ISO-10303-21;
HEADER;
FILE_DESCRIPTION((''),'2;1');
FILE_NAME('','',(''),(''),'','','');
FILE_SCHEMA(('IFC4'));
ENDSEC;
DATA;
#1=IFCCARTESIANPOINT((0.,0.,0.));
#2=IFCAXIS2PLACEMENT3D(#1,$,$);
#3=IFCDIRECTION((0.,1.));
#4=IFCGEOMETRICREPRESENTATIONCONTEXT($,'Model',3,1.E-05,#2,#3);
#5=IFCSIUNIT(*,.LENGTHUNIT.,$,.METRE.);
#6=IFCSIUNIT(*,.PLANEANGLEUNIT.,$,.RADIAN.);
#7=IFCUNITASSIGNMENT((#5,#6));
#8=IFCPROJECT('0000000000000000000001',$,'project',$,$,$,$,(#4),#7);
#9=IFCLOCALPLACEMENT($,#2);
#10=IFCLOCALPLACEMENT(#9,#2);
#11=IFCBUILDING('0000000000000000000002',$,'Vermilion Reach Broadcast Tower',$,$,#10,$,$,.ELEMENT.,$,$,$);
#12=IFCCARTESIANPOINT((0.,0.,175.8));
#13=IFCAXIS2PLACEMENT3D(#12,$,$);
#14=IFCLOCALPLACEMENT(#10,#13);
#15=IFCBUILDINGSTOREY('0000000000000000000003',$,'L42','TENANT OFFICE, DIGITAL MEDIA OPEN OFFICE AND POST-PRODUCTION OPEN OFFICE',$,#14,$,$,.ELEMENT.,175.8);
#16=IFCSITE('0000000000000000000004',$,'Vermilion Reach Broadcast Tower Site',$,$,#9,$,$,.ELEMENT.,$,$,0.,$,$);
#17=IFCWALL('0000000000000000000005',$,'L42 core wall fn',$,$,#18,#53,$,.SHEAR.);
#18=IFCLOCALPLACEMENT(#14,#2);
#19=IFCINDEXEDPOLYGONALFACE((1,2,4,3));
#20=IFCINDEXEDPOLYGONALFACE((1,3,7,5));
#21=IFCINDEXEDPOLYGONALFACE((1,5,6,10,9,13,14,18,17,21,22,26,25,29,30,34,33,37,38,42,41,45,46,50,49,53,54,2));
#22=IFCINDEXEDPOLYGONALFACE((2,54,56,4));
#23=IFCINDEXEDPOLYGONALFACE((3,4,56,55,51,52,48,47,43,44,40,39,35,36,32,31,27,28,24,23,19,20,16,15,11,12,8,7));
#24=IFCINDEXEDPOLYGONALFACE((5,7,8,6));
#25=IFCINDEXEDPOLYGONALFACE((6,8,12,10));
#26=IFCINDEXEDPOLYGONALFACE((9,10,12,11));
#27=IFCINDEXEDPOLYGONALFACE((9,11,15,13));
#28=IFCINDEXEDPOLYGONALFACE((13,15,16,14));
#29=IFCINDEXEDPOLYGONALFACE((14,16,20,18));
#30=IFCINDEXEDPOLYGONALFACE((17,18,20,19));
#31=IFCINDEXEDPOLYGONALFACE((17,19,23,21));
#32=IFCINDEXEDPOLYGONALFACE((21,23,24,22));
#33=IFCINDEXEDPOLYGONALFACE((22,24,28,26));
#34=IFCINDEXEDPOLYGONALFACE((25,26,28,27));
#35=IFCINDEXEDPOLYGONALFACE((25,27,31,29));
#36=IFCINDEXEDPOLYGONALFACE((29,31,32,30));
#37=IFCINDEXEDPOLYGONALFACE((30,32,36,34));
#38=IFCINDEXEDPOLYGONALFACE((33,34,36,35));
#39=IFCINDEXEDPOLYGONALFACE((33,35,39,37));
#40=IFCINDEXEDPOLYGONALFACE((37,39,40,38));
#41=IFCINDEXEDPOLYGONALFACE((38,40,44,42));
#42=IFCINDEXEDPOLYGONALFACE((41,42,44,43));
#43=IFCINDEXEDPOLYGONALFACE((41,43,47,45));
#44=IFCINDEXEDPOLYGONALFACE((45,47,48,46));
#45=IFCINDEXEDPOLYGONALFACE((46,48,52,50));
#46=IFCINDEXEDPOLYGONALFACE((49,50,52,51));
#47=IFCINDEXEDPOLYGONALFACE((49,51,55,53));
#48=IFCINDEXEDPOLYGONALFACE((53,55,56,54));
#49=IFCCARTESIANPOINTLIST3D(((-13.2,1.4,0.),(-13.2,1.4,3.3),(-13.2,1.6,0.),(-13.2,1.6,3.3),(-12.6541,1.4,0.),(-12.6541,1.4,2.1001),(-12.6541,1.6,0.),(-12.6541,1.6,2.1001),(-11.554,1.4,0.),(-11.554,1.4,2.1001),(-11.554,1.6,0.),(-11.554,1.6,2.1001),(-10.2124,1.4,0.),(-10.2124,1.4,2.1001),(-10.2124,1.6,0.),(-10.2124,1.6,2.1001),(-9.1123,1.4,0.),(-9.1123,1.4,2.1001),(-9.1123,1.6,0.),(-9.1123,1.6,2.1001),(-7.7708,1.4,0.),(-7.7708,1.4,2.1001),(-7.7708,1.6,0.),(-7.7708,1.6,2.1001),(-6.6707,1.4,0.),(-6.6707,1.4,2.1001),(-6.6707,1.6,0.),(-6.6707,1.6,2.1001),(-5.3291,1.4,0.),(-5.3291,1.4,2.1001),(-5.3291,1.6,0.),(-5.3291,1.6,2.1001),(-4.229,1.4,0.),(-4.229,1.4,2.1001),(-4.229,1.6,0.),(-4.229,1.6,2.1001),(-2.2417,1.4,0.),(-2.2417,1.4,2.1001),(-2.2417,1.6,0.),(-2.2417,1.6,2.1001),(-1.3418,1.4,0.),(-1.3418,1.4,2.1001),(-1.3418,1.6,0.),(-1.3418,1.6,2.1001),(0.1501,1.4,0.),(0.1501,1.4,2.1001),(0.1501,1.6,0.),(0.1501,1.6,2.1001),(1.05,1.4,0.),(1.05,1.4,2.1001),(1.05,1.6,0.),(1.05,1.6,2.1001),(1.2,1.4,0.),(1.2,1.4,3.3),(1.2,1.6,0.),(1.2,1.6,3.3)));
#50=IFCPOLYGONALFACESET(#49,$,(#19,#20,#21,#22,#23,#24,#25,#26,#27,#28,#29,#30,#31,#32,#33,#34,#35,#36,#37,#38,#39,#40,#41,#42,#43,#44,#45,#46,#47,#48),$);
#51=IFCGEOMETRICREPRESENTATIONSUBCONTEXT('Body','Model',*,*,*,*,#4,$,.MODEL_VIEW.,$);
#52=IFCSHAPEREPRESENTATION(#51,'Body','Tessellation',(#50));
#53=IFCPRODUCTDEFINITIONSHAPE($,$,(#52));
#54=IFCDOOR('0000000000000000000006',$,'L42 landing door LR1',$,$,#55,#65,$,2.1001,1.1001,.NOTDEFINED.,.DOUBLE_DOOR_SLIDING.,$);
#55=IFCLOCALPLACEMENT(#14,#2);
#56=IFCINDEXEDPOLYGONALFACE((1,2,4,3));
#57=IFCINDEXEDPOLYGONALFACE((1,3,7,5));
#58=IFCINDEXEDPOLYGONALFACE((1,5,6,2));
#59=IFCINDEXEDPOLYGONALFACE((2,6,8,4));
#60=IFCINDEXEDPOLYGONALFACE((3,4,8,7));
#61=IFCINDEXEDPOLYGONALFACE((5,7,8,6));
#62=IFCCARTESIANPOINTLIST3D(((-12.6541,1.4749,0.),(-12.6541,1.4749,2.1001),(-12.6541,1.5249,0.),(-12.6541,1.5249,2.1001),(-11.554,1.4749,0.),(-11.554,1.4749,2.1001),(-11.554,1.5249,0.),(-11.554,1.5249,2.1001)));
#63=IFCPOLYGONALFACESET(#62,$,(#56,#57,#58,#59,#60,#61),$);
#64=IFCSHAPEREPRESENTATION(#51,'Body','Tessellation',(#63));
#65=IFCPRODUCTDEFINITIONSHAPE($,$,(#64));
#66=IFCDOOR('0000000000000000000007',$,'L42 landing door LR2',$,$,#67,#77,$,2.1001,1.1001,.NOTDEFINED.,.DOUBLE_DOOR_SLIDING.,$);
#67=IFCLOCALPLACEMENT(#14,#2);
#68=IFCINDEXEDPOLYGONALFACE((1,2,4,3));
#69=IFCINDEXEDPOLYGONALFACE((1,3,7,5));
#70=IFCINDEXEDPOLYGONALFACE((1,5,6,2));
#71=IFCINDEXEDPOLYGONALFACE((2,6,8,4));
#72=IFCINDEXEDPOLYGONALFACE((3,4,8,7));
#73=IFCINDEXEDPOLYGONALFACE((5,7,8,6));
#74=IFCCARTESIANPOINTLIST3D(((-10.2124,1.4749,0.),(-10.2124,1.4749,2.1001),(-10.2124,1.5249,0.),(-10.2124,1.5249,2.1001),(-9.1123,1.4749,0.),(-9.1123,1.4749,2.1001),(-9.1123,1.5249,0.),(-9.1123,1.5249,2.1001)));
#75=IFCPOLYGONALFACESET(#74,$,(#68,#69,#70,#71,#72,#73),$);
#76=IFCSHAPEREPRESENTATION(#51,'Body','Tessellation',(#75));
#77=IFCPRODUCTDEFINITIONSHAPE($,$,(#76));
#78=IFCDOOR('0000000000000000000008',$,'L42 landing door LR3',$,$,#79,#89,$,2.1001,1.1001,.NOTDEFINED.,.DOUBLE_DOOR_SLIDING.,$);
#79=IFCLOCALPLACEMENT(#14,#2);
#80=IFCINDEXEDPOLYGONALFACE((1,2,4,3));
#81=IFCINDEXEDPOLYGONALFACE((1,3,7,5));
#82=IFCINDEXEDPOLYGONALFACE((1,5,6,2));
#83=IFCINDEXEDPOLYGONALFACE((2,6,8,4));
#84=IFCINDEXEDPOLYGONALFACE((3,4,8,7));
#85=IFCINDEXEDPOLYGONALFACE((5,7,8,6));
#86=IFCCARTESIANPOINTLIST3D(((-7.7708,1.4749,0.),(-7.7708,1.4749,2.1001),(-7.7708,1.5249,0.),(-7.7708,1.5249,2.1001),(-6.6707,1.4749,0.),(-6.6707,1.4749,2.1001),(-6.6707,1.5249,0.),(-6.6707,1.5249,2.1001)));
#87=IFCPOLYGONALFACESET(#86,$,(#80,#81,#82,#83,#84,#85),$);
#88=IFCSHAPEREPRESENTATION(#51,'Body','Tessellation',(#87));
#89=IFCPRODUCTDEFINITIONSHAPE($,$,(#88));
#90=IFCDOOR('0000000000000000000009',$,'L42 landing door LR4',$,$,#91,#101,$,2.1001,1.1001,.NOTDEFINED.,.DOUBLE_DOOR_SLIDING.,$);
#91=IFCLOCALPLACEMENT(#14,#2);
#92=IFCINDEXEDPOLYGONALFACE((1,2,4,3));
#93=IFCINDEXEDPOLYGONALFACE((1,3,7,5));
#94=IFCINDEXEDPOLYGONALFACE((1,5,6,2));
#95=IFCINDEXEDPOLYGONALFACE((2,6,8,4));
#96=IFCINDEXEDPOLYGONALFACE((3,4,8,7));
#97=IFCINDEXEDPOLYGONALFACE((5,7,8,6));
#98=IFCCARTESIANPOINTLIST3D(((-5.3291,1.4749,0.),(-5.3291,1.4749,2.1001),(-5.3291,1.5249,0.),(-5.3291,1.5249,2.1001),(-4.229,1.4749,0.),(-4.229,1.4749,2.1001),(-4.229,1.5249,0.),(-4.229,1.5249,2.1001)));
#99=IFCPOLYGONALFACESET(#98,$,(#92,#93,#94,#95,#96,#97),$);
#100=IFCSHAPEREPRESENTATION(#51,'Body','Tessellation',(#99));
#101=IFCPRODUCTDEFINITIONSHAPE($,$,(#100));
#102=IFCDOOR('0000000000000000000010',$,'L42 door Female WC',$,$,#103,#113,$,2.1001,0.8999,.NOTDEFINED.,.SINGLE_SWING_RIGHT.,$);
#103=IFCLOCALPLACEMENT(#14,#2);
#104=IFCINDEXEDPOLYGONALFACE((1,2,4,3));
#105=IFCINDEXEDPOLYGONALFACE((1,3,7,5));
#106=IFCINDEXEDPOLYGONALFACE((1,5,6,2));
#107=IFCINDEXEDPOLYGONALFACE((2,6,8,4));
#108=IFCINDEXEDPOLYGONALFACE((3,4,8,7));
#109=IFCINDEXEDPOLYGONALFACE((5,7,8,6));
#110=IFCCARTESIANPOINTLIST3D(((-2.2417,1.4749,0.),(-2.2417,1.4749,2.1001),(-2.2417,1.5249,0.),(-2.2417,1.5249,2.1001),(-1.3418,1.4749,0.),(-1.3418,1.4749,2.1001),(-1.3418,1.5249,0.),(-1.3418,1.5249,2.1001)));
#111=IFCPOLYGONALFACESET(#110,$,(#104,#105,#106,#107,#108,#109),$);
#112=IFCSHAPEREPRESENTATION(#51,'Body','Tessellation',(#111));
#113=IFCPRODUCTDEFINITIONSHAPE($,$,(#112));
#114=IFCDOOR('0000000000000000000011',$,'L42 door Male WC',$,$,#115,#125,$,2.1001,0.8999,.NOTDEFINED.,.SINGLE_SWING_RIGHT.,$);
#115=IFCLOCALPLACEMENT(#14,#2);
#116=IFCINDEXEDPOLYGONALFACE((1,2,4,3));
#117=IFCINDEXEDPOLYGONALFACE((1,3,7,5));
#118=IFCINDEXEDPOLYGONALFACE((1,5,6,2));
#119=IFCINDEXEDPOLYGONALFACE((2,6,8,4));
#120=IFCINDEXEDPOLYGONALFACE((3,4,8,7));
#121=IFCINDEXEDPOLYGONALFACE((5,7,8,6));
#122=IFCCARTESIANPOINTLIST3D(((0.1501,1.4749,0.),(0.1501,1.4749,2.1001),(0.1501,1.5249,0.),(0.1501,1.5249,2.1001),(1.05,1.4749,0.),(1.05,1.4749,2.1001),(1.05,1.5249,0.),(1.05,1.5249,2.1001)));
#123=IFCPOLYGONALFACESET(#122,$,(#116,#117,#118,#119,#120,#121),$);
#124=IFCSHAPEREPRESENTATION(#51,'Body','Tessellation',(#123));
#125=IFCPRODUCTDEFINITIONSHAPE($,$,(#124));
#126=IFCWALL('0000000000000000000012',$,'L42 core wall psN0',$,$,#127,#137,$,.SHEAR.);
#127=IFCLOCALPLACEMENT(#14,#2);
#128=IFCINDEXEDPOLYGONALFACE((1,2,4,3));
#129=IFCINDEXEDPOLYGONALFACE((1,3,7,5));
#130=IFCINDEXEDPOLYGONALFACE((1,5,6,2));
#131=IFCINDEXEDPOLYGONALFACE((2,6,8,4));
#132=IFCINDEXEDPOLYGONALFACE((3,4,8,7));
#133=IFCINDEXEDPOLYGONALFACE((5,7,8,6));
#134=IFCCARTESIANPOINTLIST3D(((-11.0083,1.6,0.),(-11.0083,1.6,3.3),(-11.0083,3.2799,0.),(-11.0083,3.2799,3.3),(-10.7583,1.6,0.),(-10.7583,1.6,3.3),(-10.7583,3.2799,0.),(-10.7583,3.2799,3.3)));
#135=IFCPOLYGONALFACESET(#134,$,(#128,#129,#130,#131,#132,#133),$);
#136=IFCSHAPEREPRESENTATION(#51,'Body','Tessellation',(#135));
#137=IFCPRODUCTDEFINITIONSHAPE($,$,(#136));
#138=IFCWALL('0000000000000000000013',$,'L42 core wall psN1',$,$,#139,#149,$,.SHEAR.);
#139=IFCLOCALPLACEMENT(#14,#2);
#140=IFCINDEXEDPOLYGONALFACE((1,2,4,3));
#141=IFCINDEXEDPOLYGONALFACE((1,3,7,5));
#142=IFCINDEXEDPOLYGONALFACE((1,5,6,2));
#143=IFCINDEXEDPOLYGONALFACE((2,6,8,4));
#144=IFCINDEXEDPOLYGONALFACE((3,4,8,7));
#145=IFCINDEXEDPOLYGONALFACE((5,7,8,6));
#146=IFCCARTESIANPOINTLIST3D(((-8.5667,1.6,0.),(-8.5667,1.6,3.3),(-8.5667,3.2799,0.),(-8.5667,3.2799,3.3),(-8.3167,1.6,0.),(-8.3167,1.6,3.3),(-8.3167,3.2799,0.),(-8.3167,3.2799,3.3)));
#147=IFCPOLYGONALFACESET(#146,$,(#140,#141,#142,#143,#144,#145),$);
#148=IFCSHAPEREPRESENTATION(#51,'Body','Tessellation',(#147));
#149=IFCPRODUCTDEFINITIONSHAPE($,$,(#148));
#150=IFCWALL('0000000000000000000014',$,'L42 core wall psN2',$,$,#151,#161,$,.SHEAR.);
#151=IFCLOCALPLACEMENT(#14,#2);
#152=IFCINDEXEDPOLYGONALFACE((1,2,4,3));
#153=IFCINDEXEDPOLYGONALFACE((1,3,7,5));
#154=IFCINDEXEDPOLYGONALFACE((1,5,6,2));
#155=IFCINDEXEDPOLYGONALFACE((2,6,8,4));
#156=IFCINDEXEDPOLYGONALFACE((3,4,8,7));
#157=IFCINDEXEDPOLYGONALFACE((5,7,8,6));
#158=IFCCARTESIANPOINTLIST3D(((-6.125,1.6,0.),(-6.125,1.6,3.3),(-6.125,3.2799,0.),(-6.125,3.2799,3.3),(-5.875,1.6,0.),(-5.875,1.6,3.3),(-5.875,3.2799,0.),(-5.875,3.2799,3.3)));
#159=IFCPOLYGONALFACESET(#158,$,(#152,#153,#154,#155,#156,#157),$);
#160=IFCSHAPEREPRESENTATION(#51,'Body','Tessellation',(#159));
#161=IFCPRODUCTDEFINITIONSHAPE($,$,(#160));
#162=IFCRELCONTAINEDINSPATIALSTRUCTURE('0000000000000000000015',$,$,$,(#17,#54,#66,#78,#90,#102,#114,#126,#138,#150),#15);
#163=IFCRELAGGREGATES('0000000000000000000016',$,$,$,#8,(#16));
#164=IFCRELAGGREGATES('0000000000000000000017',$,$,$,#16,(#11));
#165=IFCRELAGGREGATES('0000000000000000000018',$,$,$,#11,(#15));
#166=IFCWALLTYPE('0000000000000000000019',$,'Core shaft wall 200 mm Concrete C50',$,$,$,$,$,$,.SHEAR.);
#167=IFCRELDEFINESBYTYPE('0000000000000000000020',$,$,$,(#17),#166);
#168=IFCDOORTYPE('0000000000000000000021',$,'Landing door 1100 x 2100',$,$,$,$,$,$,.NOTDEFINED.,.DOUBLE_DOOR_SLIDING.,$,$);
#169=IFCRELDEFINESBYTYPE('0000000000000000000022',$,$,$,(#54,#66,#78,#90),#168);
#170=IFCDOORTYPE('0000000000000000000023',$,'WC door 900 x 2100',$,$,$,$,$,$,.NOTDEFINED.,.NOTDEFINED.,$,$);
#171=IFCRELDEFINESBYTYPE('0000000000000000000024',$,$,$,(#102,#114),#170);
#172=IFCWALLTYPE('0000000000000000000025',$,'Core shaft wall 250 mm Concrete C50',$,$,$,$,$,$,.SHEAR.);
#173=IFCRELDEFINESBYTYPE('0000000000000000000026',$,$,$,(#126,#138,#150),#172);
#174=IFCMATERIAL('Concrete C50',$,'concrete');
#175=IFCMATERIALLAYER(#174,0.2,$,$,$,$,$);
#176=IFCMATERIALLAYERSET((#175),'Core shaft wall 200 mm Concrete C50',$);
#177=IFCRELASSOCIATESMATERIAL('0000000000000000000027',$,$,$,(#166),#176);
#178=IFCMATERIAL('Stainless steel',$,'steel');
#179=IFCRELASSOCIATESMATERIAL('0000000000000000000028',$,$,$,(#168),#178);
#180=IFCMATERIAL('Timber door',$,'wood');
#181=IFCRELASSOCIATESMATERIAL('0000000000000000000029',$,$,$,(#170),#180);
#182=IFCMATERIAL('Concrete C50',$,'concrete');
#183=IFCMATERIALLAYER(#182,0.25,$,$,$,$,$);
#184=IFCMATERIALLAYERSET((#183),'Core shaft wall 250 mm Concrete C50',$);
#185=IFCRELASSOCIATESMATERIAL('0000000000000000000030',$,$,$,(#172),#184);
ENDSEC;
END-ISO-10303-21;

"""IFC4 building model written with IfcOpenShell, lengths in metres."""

from ifc_helpers import new_model, si_unit, direction, frame, frame_2d, origin, place, context, subcontext, project, spatial, rectangle, extrude, material, layer, layer_set, type_object, element, fill, save


model = new_model("IFC4")

# Units and contexts
model_context = context("Model", 3, precision=1e-05, world=origin(), true_north=direction((0.0, 1.0)))
body_context = subcontext(model_context, "Body", "Model", "MODEL_VIEW")
ifc_project = project(units=[si_unit("LENGTHUNIT", "METRE"), si_unit("PLANEANGLEUNIT", "RADIAN")], contexts=[model_context])

# Site, building, storey
site_placement = place(None, origin())
site = spatial("IfcSite", under=ifc_project, at=site_placement, Name="Vermilion Reach Broadcast Tower Site", CompositionType="ELEMENT", RefElevation=0.0)
building_placement = place(site_placement, origin())
building = spatial("IfcBuilding", under=site, at=building_placement, Name="Vermilion Reach Broadcast Tower", CompositionType="ELEMENT")
storey_placement = place(building_placement, frame((0.0, 0.0, 175.8)))
storey = spatial("IfcBuildingStorey", under=building, at=storey_placement, Name="L42", Description="TENANT OFFICE, DIGITAL MEDIA OPEN OFFICE AND POST-PRODUCTION OPEN OFFICE", CompositionType="ELEMENT", Elevation=175.8)

# Wall, openings, doors
ifc_material_1 = material(Name="Concrete C50", Category="concrete")
ifc_layer_1 = layer(ifc_material_1, 0.2)
ifc_layer_set_1 = layer_set([ifc_layer_1], Name="Core shaft wall 200 mm Concrete C50")
wall_type_1 = type_object("IfcWallType", Name="Core shaft wall 200 mm Concrete C50", PredefinedType="SHEAR", material=ifc_layer_set_1)
wall_1_placement = place(storey_placement, frame((-13.2, 1.5, 0.0), z_axis=(0.0, 0.0, 1.0), x_axis=(1.0, 0.0, 0.0)))
wall_1 = element("IfcWall", 1, at=wall_1_placement, inside=storey, type_object=wall_type_1, Name="L42 core wall fn", PredefinedType="SHEAR", context=body_context, shape_type="SweptSolid", body=[
    extrude(rectangle(XDim=14.3999, YDim=0.2, at=frame_2d((7.2, 0.0))), origin(), (0.0, 0.0, 1.0), 3.3),
])
opening_1_placement = place(wall_1_placement, frame((0.5459, 0.0, 0.0)))
opening_1 = element("IfcOpeningElement", 2, at=opening_1_placement, cuts=wall_1, PredefinedType="OPENING", context=body_context, shape_type="SweptSolid", body=[
    extrude(rectangle(XDim=1.1001, YDim=2.1001, at=frame_2d((0.55, 1.05))), frame((0.0, 0.1099, 0.0), z_axis=(0.0, -1.0, 0.0), x_axis=(1.0, 0.0, 0.0)), (0.0, 0.0, 1.0), 0.22),
])
opening_2_placement = place(wall_1_placement, frame((2.9875, 0.0, 0.0)))
opening_2 = element("IfcOpeningElement", 3, at=opening_2_placement, cuts=wall_1, PredefinedType="OPENING", context=body_context, shape_type="SweptSolid", body=[
    extrude(rectangle(XDim=1.1001, YDim=2.1001, at=frame_2d((0.55, 1.05))), frame((0.0, 0.1099, 0.0), z_axis=(0.0, -1.0, 0.0), x_axis=(1.0, 0.0, 0.0)), (0.0, 0.0, 1.0), 0.22),
])
opening_3_placement = place(wall_1_placement, frame((5.4292, 0.0, 0.0)))
opening_3 = element("IfcOpeningElement", 4, at=opening_3_placement, cuts=wall_1, PredefinedType="OPENING", context=body_context, shape_type="SweptSolid", body=[
    extrude(rectangle(XDim=1.1001, YDim=2.1001, at=frame_2d((0.55, 1.05))), frame((0.0, 0.1099, 0.0), z_axis=(0.0, -1.0, 0.0), x_axis=(1.0, 0.0, 0.0)), (0.0, 0.0, 1.0), 0.22),
])
opening_4_placement = place(wall_1_placement, frame((7.8708, 0.0, 0.0)))
opening_4 = element("IfcOpeningElement", 5, at=opening_4_placement, cuts=wall_1, PredefinedType="OPENING", context=body_context, shape_type="SweptSolid", body=[
    extrude(rectangle(XDim=1.1001, YDim=2.1001, at=frame_2d((0.55, 1.05))), frame((0.0, 0.1099, 0.0), z_axis=(0.0, -1.0, 0.0), x_axis=(1.0, 0.0, 0.0)), (0.0, 0.0, 1.0), 0.22),
])
opening_5_placement = place(wall_1_placement, frame((10.9583, 0.0, 0.0)))
opening_5 = element("IfcOpeningElement", 6, at=opening_5_placement, cuts=wall_1, PredefinedType="OPENING", context=body_context, shape_type="SweptSolid", body=[
    extrude(rectangle(XDim=0.8999, YDim=2.1001, at=frame_2d((0.45, 1.05))), frame((0.0, 0.1099, 0.0), z_axis=(0.0, -1.0, 0.0), x_axis=(1.0, 0.0, 0.0)), (0.0, 0.0, 1.0), 0.22),
])
opening_6_placement = place(wall_1_placement, frame((13.3501, 0.0, 0.0)))
opening_6 = element("IfcOpeningElement", 7, at=opening_6_placement, cuts=wall_1, PredefinedType="OPENING", context=body_context, shape_type="SweptSolid", body=[
    extrude(rectangle(XDim=0.8999, YDim=2.1001, at=frame_2d((0.45, 1.05))), frame((0.0, 0.1099, 0.0), z_axis=(0.0, -1.0, 0.0), x_axis=(1.0, 0.0, 0.0)), (0.0, 0.0, 1.0), 0.22),
])
ifc_material_2 = material(Name="Stainless steel", Category="steel")
door_type_1 = type_object("IfcDoorType", Name="Landing door 1100 x 2100", OperationType="DOUBLE_DOOR_SLIDING", PredefinedType="NOTDEFINED", material=ifc_material_2)
door_1_placement = place(opening_1_placement, origin())
door_1 = element("IfcDoor", 8, at=door_1_placement, inside=storey, type_object=door_type_1, Name="L42 landing door LR1", OperationType="DOUBLE_DOOR_SLIDING", OverallHeight=2.1001, OverallWidth=1.1001, PredefinedType="NOTDEFINED", context=body_context, shape_type="SweptSolid", body=[
    extrude(rectangle(XDim=1.1001, YDim=2.1001, at=frame_2d((0.55, 1.05))), frame((0.0, 0.0249, 0.0), z_axis=(0.0, -1.0, 0.0), x_axis=(1.0, 0.0, 0.0)), (0.0, 0.0, 1.0), 0.05),
])
fill(opening_1, door_1)
door_2_placement = place(opening_2_placement, origin())
door_2 = element("IfcDoor", 9, at=door_2_placement, inside=storey, type_object=door_type_1, Name="L42 landing door LR2", OperationType="DOUBLE_DOOR_SLIDING", OverallHeight=2.1001, OverallWidth=1.1001, PredefinedType="NOTDEFINED", context=body_context, shape_type="SweptSolid", body=[
    extrude(rectangle(XDim=1.1001, YDim=2.1001, at=frame_2d((0.55, 1.05))), frame((0.0, 0.0249, 0.0), z_axis=(0.0, -1.0, 0.0), x_axis=(1.0, 0.0, 0.0)), (0.0, 0.0, 1.0), 0.05),
])
fill(opening_2, door_2)
door_3_placement = place(opening_3_placement, origin())
door_3 = element("IfcDoor", 10, at=door_3_placement, inside=storey, type_object=door_type_1, Name="L42 landing door LR3", OperationType="DOUBLE_DOOR_SLIDING", OverallHeight=2.1001, OverallWidth=1.1001, PredefinedType="NOTDEFINED", context=body_context, shape_type="SweptSolid", body=[
    extrude(rectangle(XDim=1.1001, YDim=2.1001, at=frame_2d((0.55, 1.05))), frame((0.0, 0.0249, 0.0), z_axis=(0.0, -1.0, 0.0), x_axis=(1.0, 0.0, 0.0)), (0.0, 0.0, 1.0), 0.05),
])
fill(opening_3, door_3)
door_4_placement = place(opening_4_placement, origin())
door_4 = element("IfcDoor", 11, at=door_4_placement, inside=storey, type_object=door_type_1, Name="L42 landing door LR4", OperationType="DOUBLE_DOOR_SLIDING", OverallHeight=2.1001, OverallWidth=1.1001, PredefinedType="NOTDEFINED", context=body_context, shape_type="SweptSolid", body=[
    extrude(rectangle(XDim=1.1001, YDim=2.1001, at=frame_2d((0.55, 1.05))), frame((0.0, 0.0249, 0.0), z_axis=(0.0, -1.0, 0.0), x_axis=(1.0, 0.0, 0.0)), (0.0, 0.0, 1.0), 0.05),
])
fill(opening_4, door_4)
ifc_material_3 = material(Name="Timber door", Category="wood")
door_type_2 = type_object("IfcDoorType", Name="WC door 900 x 2100", OperationType="NOTDEFINED", PredefinedType="NOTDEFINED", material=ifc_material_3)
door_5_placement = place(opening_5_placement, origin())
door_5 = element("IfcDoor", 12, at=door_5_placement, inside=storey, type_object=door_type_2, Name="L42 door Female WC", OperationType="SINGLE_SWING_RIGHT", OverallHeight=2.1001, OverallWidth=0.8999, PredefinedType="NOTDEFINED", context=body_context, shape_type="SweptSolid", body=[
    extrude(rectangle(XDim=0.8999, YDim=2.1001, at=frame_2d((0.45, 1.05))), frame((0.0, 0.0249, 0.0), z_axis=(0.0, -1.0, 0.0), x_axis=(1.0, 0.0, 0.0)), (0.0, 0.0, 1.0), 0.05),
])
fill(opening_5, door_5)
door_6_placement = place(opening_6_placement, origin())
door_6 = element("IfcDoor", 13, at=door_6_placement, inside=storey, type_object=door_type_2, Name="L42 door Male WC", OperationType="SINGLE_SWING_RIGHT", OverallHeight=2.1001, OverallWidth=0.8999, PredefinedType="NOTDEFINED", context=body_context, shape_type="SweptSolid", body=[
    extrude(rectangle(XDim=0.8999, YDim=2.1001, at=frame_2d((0.45, 1.05))), frame((0.0, 0.0249, 0.0), z_axis=(0.0, -1.0, 0.0), x_axis=(1.0, 0.0, 0.0)), (0.0, 0.0, 1.0), 0.05),
])
fill(opening_6, door_6)

# Walls
ifc_material_4 = material(Name="Concrete C50", Category="concrete")
ifc_layer_2 = layer(ifc_material_4, 0.25)
ifc_layer_set_2 = layer_set([ifc_layer_2], Name="Core shaft wall 250 mm Concrete C50")
wall_type_2 = type_object("IfcWallType", Name="Core shaft wall 250 mm Concrete C50", PredefinedType="SHEAR", material=ifc_layer_set_2)
for number, where, z_axis, x_axis, name in (
    (14, (-10.8833, 1.6001, 0.0), (0.0, 0.0, 1.0), (0.0, 1.0, 0.0), "L42 core wall psN0"),
    (15, (-8.4417, 1.6001, 0.0), (0.0, 0.0, 1.0), (0.0, 1.0, 0.0), "L42 core wall psN1"),
    (16, (-6.0, 1.6001, 0.0), (0.0, 0.0, 1.0), (0.0, 1.0, 0.0), "L42 core wall psN2"),
):
    element("IfcWall", number, at=place(storey_placement, frame(where, z_axis=z_axis, x_axis=x_axis)), inside=storey, type_object=wall_type_2, Name=name, PredefinedType="SHEAR", context=body_context, shape_type="SweptSolid", body=[
        extrude(rectangle(XDim=1.6799, YDim=0.25, at=frame_2d((0.8398, 0.0))), origin(), (0.0, 0.0, 1.0), 3.3),
    ])

save(model, "model.ifc")
